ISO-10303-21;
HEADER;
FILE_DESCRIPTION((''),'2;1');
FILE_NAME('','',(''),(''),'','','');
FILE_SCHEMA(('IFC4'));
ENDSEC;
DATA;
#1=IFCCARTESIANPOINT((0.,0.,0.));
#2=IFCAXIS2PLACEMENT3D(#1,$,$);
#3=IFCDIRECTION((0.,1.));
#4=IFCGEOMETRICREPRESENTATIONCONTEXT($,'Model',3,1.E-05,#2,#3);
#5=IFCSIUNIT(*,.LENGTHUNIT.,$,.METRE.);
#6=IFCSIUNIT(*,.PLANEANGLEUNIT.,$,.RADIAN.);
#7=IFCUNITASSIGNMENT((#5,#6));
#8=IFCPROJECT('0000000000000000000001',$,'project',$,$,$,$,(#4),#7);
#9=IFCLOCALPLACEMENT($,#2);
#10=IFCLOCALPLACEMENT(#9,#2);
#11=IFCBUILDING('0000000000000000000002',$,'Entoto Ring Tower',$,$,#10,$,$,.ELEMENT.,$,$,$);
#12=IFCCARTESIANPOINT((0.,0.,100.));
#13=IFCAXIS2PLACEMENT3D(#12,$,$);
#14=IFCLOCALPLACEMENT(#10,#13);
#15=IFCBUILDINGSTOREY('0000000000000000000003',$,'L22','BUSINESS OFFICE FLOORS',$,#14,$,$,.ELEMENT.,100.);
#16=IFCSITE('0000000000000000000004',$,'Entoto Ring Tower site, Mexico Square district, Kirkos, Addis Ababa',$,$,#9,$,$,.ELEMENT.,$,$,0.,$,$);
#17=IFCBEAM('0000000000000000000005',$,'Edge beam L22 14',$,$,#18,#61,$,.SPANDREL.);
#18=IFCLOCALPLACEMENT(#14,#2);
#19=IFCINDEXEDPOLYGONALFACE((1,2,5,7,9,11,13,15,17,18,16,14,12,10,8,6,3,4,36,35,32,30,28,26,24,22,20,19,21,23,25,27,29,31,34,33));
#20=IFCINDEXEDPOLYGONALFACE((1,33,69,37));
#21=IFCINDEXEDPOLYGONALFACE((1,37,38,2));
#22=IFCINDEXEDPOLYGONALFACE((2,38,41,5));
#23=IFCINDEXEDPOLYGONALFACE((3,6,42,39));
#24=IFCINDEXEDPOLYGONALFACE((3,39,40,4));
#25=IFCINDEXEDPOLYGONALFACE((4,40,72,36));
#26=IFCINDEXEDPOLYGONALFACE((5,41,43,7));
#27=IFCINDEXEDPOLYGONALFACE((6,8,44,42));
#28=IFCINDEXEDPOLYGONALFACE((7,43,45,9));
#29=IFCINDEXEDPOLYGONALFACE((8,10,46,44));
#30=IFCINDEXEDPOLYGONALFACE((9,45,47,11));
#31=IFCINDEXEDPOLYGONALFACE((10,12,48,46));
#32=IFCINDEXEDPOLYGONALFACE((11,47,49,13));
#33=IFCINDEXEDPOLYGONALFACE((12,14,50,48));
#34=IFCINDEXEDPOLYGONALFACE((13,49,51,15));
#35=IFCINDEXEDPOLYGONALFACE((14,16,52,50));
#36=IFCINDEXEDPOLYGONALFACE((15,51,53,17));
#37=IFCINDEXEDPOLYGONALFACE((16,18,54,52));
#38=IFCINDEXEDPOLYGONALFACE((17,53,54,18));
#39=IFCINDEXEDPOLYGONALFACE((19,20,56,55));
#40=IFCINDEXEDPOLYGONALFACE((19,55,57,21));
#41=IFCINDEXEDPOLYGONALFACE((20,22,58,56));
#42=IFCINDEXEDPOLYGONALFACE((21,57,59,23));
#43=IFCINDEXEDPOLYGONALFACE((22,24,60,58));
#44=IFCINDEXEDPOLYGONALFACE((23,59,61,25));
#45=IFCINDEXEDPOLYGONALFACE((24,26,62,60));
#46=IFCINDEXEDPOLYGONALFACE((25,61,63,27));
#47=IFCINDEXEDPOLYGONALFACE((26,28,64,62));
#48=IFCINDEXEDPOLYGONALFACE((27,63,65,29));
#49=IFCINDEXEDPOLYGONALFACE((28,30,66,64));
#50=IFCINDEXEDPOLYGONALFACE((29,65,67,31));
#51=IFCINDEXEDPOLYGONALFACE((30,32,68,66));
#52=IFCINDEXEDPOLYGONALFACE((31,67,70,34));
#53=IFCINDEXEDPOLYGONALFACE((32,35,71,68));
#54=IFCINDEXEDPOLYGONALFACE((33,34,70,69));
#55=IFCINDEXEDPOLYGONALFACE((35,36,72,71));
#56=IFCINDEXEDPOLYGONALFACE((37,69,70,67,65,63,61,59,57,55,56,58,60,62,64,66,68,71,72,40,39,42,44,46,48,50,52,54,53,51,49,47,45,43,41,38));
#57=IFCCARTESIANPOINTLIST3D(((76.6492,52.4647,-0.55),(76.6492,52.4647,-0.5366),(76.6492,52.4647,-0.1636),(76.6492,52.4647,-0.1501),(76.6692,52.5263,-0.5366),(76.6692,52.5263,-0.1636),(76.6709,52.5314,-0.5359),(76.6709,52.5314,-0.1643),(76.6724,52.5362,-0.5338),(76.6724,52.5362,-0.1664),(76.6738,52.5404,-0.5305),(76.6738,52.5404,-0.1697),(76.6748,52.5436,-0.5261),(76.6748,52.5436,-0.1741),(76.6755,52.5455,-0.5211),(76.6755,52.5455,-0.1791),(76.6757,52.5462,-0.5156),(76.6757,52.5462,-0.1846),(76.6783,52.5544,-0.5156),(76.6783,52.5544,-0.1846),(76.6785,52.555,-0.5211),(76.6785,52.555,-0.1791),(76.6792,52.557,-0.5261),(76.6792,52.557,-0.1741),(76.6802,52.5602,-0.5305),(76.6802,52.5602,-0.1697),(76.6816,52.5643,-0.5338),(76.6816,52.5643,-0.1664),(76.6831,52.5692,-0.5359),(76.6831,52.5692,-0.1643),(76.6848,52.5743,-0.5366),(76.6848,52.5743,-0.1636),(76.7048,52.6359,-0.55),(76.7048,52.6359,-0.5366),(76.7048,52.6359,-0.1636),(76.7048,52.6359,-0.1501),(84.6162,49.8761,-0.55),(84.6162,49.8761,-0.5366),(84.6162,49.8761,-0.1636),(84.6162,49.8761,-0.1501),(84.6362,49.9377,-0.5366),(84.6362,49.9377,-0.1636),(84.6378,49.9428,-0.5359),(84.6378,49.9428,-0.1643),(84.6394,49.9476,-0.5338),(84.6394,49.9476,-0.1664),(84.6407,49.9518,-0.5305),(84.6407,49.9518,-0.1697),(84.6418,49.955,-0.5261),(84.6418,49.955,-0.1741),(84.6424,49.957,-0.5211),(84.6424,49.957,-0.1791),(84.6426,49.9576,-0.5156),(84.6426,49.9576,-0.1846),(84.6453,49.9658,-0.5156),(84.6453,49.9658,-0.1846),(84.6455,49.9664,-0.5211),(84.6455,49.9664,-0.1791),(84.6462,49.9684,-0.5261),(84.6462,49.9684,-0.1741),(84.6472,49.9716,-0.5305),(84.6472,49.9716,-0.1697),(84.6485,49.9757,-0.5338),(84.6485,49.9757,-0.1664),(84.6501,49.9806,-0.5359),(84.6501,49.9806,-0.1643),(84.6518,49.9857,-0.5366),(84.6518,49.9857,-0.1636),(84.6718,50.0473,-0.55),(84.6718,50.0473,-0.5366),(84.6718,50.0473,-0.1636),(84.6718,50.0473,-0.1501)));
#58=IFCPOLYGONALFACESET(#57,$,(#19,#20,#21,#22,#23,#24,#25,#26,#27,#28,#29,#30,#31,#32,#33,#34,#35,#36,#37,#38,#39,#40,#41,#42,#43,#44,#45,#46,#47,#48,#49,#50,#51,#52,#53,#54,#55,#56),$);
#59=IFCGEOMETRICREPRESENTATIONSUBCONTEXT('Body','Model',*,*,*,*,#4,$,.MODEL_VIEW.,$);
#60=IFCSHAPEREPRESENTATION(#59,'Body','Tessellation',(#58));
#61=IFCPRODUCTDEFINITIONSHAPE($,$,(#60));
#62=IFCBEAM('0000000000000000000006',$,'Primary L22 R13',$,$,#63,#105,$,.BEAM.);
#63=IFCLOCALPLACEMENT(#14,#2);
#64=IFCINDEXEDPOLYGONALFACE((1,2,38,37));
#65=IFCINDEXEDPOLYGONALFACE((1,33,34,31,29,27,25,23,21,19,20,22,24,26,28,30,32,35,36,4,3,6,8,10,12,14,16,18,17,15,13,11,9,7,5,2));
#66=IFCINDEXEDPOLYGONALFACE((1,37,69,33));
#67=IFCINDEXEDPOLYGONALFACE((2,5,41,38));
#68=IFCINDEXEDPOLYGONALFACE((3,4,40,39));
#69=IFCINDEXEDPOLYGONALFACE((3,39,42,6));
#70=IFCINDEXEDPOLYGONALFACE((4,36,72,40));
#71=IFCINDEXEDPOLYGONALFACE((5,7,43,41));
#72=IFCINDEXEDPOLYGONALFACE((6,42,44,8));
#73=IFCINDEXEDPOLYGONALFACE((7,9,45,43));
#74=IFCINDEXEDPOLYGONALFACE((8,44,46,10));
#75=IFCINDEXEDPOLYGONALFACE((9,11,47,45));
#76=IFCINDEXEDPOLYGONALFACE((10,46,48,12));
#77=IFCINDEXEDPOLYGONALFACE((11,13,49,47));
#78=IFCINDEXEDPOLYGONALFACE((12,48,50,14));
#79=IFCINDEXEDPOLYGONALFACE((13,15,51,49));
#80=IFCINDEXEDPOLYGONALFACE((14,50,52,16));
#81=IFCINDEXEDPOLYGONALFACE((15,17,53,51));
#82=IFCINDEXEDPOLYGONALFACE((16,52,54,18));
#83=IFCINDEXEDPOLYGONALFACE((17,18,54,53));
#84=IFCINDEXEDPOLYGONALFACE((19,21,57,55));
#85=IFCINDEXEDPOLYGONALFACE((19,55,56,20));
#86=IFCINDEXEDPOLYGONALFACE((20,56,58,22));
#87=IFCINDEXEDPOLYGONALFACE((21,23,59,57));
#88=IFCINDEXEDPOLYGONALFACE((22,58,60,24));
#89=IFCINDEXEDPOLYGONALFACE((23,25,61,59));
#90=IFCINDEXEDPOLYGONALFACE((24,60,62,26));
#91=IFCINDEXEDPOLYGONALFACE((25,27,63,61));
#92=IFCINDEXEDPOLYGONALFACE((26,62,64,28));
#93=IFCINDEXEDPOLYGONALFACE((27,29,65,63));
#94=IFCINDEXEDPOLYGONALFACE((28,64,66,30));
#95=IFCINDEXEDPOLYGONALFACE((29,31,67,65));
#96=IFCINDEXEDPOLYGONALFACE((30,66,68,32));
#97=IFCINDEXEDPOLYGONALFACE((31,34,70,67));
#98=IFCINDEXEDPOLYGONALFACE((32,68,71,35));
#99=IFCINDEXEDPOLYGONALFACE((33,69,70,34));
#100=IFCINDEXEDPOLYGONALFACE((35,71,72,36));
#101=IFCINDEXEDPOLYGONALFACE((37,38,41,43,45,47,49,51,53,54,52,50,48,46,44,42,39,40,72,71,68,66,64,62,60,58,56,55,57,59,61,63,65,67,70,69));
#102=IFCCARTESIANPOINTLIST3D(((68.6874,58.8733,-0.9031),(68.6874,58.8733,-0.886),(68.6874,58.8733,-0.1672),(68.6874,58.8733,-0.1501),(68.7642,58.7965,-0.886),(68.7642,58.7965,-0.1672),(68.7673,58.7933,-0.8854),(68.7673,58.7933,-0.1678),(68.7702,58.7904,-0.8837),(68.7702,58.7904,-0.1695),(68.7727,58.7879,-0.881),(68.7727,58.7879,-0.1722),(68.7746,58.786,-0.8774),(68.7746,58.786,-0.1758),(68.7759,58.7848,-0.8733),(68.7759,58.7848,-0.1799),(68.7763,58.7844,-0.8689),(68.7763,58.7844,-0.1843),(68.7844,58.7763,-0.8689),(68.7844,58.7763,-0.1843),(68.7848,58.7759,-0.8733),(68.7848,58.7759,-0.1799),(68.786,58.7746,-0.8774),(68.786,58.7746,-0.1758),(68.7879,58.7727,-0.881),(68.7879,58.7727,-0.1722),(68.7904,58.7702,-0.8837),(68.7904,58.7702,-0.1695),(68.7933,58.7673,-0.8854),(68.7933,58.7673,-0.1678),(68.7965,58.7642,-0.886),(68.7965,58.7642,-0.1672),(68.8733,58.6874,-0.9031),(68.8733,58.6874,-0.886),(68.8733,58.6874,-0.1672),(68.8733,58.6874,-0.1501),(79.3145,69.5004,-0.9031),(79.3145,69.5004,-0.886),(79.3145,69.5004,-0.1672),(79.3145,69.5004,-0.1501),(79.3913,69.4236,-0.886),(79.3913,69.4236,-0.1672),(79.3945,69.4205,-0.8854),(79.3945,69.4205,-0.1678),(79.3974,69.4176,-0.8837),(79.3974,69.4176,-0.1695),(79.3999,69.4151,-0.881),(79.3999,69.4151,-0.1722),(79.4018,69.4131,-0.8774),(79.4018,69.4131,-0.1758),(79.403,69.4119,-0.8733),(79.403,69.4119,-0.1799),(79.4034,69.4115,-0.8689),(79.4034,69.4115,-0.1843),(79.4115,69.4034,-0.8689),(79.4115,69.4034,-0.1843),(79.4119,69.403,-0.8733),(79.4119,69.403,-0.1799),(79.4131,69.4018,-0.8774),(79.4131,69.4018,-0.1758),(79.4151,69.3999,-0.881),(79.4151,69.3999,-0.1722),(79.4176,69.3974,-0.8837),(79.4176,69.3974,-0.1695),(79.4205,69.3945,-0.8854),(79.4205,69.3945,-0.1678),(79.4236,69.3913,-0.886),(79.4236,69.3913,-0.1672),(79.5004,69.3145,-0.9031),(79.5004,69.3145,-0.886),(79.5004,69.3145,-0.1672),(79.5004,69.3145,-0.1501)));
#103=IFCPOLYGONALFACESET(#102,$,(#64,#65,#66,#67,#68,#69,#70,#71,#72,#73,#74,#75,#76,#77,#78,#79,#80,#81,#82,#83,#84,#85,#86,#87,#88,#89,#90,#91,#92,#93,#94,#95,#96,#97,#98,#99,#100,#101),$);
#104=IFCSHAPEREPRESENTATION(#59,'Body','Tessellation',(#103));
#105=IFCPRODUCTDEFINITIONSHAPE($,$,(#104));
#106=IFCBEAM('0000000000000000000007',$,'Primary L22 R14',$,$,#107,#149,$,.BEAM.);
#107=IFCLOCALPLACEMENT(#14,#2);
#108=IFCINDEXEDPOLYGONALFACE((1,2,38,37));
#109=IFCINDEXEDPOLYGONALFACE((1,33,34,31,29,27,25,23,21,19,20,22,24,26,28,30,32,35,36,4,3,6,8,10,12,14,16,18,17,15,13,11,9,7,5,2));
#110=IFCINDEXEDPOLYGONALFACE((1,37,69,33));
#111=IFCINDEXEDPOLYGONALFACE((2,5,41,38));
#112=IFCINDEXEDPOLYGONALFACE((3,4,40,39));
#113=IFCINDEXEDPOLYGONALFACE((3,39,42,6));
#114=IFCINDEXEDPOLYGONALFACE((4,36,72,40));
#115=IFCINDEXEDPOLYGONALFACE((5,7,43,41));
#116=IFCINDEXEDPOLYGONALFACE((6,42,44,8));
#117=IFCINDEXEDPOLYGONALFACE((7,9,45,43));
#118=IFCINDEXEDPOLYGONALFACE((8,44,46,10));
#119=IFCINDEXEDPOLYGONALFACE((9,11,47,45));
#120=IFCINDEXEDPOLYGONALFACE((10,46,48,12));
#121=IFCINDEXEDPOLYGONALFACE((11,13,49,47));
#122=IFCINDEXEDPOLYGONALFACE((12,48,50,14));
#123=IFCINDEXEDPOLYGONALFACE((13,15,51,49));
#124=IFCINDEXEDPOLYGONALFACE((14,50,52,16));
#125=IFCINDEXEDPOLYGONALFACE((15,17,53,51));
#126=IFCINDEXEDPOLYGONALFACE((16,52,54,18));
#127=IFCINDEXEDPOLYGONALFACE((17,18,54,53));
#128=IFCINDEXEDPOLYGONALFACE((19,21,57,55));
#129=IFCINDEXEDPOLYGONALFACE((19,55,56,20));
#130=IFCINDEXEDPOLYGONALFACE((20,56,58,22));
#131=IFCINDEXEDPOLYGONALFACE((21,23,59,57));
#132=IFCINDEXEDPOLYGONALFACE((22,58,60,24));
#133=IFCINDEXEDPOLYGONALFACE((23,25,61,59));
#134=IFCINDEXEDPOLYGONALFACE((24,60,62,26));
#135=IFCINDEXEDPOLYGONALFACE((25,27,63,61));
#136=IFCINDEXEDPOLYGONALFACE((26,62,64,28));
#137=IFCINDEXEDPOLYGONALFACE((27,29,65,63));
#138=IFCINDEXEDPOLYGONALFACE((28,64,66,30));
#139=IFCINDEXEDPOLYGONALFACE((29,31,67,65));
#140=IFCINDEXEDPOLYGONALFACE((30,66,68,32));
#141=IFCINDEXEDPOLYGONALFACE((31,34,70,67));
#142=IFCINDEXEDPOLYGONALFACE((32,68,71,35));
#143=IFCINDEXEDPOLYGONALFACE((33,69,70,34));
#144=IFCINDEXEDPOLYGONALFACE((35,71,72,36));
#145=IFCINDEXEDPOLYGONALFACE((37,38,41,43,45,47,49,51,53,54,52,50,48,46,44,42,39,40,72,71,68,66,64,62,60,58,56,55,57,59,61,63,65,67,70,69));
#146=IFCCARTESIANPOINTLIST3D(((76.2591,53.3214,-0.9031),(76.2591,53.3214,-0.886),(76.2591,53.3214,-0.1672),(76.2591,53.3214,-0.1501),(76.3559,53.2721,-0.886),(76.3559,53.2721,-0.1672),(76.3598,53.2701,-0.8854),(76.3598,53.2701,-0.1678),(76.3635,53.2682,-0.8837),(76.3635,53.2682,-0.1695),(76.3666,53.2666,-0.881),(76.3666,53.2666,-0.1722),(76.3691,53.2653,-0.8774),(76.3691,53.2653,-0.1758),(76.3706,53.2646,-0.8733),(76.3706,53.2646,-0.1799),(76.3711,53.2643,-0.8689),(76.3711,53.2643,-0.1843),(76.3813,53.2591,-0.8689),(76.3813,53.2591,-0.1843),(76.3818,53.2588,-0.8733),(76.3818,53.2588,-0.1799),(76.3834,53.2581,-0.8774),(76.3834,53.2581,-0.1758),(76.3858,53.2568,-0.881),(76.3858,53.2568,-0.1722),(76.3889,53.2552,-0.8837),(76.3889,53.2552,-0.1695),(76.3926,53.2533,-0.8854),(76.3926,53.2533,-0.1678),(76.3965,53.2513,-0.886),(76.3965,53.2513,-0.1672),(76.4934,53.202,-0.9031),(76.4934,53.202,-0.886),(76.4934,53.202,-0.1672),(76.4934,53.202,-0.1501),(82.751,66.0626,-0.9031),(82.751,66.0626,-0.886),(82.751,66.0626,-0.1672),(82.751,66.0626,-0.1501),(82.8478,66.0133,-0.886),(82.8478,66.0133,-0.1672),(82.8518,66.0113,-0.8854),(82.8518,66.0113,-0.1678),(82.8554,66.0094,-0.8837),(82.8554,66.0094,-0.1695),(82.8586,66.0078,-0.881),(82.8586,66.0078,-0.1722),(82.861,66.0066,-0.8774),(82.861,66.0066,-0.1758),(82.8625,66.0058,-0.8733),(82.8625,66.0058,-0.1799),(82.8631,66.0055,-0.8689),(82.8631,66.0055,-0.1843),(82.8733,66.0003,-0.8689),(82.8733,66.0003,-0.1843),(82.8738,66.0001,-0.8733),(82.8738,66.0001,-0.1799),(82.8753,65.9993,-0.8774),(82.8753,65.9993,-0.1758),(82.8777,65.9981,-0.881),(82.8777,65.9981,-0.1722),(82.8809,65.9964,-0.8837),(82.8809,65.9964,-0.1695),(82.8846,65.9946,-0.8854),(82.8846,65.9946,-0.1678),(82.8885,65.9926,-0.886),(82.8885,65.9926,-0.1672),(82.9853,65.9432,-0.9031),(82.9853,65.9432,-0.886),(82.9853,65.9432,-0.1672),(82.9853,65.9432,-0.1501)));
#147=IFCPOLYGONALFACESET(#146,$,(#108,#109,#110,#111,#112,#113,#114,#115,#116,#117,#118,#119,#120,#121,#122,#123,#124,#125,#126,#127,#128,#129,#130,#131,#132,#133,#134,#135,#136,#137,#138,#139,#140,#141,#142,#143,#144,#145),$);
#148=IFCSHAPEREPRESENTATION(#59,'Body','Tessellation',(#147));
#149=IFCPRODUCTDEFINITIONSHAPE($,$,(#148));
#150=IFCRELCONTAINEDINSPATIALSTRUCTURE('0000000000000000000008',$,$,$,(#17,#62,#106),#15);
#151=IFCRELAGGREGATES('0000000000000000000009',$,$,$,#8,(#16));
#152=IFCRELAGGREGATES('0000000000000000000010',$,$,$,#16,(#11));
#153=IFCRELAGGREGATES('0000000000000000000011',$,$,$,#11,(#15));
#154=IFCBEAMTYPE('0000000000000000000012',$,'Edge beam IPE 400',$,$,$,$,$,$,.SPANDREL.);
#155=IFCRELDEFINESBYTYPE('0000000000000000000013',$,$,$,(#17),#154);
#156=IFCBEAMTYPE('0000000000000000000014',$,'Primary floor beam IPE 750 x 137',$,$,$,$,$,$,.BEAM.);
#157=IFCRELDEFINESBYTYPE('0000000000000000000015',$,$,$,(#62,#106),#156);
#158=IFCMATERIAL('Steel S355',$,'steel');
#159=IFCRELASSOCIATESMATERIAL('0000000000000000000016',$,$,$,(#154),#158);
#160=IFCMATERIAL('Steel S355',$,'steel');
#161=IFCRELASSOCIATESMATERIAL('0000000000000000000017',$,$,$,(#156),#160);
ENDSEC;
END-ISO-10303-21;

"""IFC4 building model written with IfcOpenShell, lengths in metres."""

from ifc_helpers import new_model, si_unit, direction, frame, origin, origin_2d, place, context, subcontext, project, spatial, i_section, extrude, material, material_profile, profile_set, type_object, element, save


model = new_model("IFC4")

# Units and contexts
model_context = context("Model", 3, precision=1e-05, world=origin(), true_north=direction((0.0, 1.0)))
body_context = subcontext(model_context, "Body", "Model", "MODEL_VIEW")
ifc_project = project(units=[si_unit("LENGTHUNIT", "METRE"), si_unit("PLANEANGLEUNIT", "RADIAN")], contexts=[model_context])

# Site, building, storey
site_placement = place(None, origin())
site = spatial("IfcSite", under=ifc_project, at=site_placement, Name="Entoto Ring Tower site, Mexico Square district, Kirkos, Addis Ababa", CompositionType="ELEMENT", RefElevation=0.0)
building_placement = place(site_placement, origin())
building = spatial("IfcBuilding", under=site, at=building_placement, Name="Entoto Ring Tower", CompositionType="ELEMENT")
storey_placement = place(building_placement, frame((0.0, 0.0, 100.0)))
storey = spatial("IfcBuildingStorey", under=building, at=storey_placement, Name="L22", Description="BUSINESS OFFICE FLOORS", CompositionType="ELEMENT", Elevation=100.0)

# Beams
ifc_material_1 = material(Name="Steel S355", Category="steel")
ifc_material_profile_1 = material_profile(ifc_material_1, i_section(OverallWidth=0.1799, OverallDepth=0.3999, WebThickness=0.0085, FlangeThickness=0.0134, FilletRadius=0.021, at=origin_2d()), Name="IPE 400")
ifc_profile_set_1 = profile_set([ifc_material_profile_1], Name="Steel S355")
beam_type_1 = type_object("IfcBeamType", Name="Edge beam IPE 400", PredefinedType="SPANDREL", material=ifc_profile_set_1)
for number, where, z_axis, x_axis, name in (
    (1, (76.677, 52.5503, -0.3501), (0.951057, -0.309014, 0.0), (0.309014, 0.951057, 0.0), "Edge beam L22 14"),
):
    element("IfcBeam", number, at=place(storey_placement, frame(where, z_axis=z_axis, x_axis=x_axis)), inside=storey, type_object=beam_type_1, Name=name, PredefinedType="SPANDREL", context=body_context, shape_type="SweptSolid", body=[
        extrude(i_section(OverallWidth=0.1799, OverallDepth=0.3999, WebThickness=0.0085, FlangeThickness=0.0134, FilletRadius=0.021, at=origin_2d()), origin(), (0.0, 0.0, 1.0), 8.377),
    ])
ifc_material_2 = material(Name="Steel S355", Category="steel")
ifc_material_profile_2 = material_profile(ifc_material_2, i_section(OverallWidth=0.2629, OverallDepth=0.7529, WebThickness=0.0115, FlangeThickness=0.0171, FilletRadius=0.0171, at=origin_2d()), Name="IPE 750 x 137")
ifc_profile_set_2 = profile_set([ifc_material_profile_2], Name="Steel S355")
beam_type_2 = type_object("IfcBeamType", Name="Primary floor beam IPE 750 x 137", PredefinedType="BEAM", material=ifc_profile_set_2)
beam_1_placement = place(storey_placement, frame((79.4075, 69.4075, -0.5266), z_axis=(-0.707107, -0.707107, 0.0), x_axis=(0.707107, -0.707107, 0.0)))
element("IfcBeam", 2, at=beam_1_placement, inside=storey, type_object=beam_type_2, Name="Primary L22 R13", PredefinedType="BEAM", context=body_context, shape_type="SweptSolid", body=[
    extrude(i_section(OverallWidth=0.2629, OverallDepth=0.7529, WebThickness=0.0115, FlangeThickness=0.0171, FilletRadius=0.0171, at=origin_2d()), origin(), (0.0, 0.0, 1.0), 15.0291),
])
beam_2_placement = place(storey_placement, frame((82.8682, 66.0029, -0.5266), z_axis=(-0.453989, -0.891007, 0.0), x_axis=(0.891007, -0.453989, 0.0)))
element("IfcBeam", 3, at=beam_2_placement, inside=storey, type_object=beam_type_2, Name="Primary L22 R14", PredefinedType="BEAM", context=body_context, shape_type="SweptSolid", body=[
    extrude(i_section(OverallWidth=0.2629, OverallDepth=0.7529, WebThickness=0.0115, FlangeThickness=0.0171, FilletRadius=0.0171, at=origin_2d()), origin(), (0.0, 0.0, 1.0), 14.2998),
])

save(model, "model.ifc")
